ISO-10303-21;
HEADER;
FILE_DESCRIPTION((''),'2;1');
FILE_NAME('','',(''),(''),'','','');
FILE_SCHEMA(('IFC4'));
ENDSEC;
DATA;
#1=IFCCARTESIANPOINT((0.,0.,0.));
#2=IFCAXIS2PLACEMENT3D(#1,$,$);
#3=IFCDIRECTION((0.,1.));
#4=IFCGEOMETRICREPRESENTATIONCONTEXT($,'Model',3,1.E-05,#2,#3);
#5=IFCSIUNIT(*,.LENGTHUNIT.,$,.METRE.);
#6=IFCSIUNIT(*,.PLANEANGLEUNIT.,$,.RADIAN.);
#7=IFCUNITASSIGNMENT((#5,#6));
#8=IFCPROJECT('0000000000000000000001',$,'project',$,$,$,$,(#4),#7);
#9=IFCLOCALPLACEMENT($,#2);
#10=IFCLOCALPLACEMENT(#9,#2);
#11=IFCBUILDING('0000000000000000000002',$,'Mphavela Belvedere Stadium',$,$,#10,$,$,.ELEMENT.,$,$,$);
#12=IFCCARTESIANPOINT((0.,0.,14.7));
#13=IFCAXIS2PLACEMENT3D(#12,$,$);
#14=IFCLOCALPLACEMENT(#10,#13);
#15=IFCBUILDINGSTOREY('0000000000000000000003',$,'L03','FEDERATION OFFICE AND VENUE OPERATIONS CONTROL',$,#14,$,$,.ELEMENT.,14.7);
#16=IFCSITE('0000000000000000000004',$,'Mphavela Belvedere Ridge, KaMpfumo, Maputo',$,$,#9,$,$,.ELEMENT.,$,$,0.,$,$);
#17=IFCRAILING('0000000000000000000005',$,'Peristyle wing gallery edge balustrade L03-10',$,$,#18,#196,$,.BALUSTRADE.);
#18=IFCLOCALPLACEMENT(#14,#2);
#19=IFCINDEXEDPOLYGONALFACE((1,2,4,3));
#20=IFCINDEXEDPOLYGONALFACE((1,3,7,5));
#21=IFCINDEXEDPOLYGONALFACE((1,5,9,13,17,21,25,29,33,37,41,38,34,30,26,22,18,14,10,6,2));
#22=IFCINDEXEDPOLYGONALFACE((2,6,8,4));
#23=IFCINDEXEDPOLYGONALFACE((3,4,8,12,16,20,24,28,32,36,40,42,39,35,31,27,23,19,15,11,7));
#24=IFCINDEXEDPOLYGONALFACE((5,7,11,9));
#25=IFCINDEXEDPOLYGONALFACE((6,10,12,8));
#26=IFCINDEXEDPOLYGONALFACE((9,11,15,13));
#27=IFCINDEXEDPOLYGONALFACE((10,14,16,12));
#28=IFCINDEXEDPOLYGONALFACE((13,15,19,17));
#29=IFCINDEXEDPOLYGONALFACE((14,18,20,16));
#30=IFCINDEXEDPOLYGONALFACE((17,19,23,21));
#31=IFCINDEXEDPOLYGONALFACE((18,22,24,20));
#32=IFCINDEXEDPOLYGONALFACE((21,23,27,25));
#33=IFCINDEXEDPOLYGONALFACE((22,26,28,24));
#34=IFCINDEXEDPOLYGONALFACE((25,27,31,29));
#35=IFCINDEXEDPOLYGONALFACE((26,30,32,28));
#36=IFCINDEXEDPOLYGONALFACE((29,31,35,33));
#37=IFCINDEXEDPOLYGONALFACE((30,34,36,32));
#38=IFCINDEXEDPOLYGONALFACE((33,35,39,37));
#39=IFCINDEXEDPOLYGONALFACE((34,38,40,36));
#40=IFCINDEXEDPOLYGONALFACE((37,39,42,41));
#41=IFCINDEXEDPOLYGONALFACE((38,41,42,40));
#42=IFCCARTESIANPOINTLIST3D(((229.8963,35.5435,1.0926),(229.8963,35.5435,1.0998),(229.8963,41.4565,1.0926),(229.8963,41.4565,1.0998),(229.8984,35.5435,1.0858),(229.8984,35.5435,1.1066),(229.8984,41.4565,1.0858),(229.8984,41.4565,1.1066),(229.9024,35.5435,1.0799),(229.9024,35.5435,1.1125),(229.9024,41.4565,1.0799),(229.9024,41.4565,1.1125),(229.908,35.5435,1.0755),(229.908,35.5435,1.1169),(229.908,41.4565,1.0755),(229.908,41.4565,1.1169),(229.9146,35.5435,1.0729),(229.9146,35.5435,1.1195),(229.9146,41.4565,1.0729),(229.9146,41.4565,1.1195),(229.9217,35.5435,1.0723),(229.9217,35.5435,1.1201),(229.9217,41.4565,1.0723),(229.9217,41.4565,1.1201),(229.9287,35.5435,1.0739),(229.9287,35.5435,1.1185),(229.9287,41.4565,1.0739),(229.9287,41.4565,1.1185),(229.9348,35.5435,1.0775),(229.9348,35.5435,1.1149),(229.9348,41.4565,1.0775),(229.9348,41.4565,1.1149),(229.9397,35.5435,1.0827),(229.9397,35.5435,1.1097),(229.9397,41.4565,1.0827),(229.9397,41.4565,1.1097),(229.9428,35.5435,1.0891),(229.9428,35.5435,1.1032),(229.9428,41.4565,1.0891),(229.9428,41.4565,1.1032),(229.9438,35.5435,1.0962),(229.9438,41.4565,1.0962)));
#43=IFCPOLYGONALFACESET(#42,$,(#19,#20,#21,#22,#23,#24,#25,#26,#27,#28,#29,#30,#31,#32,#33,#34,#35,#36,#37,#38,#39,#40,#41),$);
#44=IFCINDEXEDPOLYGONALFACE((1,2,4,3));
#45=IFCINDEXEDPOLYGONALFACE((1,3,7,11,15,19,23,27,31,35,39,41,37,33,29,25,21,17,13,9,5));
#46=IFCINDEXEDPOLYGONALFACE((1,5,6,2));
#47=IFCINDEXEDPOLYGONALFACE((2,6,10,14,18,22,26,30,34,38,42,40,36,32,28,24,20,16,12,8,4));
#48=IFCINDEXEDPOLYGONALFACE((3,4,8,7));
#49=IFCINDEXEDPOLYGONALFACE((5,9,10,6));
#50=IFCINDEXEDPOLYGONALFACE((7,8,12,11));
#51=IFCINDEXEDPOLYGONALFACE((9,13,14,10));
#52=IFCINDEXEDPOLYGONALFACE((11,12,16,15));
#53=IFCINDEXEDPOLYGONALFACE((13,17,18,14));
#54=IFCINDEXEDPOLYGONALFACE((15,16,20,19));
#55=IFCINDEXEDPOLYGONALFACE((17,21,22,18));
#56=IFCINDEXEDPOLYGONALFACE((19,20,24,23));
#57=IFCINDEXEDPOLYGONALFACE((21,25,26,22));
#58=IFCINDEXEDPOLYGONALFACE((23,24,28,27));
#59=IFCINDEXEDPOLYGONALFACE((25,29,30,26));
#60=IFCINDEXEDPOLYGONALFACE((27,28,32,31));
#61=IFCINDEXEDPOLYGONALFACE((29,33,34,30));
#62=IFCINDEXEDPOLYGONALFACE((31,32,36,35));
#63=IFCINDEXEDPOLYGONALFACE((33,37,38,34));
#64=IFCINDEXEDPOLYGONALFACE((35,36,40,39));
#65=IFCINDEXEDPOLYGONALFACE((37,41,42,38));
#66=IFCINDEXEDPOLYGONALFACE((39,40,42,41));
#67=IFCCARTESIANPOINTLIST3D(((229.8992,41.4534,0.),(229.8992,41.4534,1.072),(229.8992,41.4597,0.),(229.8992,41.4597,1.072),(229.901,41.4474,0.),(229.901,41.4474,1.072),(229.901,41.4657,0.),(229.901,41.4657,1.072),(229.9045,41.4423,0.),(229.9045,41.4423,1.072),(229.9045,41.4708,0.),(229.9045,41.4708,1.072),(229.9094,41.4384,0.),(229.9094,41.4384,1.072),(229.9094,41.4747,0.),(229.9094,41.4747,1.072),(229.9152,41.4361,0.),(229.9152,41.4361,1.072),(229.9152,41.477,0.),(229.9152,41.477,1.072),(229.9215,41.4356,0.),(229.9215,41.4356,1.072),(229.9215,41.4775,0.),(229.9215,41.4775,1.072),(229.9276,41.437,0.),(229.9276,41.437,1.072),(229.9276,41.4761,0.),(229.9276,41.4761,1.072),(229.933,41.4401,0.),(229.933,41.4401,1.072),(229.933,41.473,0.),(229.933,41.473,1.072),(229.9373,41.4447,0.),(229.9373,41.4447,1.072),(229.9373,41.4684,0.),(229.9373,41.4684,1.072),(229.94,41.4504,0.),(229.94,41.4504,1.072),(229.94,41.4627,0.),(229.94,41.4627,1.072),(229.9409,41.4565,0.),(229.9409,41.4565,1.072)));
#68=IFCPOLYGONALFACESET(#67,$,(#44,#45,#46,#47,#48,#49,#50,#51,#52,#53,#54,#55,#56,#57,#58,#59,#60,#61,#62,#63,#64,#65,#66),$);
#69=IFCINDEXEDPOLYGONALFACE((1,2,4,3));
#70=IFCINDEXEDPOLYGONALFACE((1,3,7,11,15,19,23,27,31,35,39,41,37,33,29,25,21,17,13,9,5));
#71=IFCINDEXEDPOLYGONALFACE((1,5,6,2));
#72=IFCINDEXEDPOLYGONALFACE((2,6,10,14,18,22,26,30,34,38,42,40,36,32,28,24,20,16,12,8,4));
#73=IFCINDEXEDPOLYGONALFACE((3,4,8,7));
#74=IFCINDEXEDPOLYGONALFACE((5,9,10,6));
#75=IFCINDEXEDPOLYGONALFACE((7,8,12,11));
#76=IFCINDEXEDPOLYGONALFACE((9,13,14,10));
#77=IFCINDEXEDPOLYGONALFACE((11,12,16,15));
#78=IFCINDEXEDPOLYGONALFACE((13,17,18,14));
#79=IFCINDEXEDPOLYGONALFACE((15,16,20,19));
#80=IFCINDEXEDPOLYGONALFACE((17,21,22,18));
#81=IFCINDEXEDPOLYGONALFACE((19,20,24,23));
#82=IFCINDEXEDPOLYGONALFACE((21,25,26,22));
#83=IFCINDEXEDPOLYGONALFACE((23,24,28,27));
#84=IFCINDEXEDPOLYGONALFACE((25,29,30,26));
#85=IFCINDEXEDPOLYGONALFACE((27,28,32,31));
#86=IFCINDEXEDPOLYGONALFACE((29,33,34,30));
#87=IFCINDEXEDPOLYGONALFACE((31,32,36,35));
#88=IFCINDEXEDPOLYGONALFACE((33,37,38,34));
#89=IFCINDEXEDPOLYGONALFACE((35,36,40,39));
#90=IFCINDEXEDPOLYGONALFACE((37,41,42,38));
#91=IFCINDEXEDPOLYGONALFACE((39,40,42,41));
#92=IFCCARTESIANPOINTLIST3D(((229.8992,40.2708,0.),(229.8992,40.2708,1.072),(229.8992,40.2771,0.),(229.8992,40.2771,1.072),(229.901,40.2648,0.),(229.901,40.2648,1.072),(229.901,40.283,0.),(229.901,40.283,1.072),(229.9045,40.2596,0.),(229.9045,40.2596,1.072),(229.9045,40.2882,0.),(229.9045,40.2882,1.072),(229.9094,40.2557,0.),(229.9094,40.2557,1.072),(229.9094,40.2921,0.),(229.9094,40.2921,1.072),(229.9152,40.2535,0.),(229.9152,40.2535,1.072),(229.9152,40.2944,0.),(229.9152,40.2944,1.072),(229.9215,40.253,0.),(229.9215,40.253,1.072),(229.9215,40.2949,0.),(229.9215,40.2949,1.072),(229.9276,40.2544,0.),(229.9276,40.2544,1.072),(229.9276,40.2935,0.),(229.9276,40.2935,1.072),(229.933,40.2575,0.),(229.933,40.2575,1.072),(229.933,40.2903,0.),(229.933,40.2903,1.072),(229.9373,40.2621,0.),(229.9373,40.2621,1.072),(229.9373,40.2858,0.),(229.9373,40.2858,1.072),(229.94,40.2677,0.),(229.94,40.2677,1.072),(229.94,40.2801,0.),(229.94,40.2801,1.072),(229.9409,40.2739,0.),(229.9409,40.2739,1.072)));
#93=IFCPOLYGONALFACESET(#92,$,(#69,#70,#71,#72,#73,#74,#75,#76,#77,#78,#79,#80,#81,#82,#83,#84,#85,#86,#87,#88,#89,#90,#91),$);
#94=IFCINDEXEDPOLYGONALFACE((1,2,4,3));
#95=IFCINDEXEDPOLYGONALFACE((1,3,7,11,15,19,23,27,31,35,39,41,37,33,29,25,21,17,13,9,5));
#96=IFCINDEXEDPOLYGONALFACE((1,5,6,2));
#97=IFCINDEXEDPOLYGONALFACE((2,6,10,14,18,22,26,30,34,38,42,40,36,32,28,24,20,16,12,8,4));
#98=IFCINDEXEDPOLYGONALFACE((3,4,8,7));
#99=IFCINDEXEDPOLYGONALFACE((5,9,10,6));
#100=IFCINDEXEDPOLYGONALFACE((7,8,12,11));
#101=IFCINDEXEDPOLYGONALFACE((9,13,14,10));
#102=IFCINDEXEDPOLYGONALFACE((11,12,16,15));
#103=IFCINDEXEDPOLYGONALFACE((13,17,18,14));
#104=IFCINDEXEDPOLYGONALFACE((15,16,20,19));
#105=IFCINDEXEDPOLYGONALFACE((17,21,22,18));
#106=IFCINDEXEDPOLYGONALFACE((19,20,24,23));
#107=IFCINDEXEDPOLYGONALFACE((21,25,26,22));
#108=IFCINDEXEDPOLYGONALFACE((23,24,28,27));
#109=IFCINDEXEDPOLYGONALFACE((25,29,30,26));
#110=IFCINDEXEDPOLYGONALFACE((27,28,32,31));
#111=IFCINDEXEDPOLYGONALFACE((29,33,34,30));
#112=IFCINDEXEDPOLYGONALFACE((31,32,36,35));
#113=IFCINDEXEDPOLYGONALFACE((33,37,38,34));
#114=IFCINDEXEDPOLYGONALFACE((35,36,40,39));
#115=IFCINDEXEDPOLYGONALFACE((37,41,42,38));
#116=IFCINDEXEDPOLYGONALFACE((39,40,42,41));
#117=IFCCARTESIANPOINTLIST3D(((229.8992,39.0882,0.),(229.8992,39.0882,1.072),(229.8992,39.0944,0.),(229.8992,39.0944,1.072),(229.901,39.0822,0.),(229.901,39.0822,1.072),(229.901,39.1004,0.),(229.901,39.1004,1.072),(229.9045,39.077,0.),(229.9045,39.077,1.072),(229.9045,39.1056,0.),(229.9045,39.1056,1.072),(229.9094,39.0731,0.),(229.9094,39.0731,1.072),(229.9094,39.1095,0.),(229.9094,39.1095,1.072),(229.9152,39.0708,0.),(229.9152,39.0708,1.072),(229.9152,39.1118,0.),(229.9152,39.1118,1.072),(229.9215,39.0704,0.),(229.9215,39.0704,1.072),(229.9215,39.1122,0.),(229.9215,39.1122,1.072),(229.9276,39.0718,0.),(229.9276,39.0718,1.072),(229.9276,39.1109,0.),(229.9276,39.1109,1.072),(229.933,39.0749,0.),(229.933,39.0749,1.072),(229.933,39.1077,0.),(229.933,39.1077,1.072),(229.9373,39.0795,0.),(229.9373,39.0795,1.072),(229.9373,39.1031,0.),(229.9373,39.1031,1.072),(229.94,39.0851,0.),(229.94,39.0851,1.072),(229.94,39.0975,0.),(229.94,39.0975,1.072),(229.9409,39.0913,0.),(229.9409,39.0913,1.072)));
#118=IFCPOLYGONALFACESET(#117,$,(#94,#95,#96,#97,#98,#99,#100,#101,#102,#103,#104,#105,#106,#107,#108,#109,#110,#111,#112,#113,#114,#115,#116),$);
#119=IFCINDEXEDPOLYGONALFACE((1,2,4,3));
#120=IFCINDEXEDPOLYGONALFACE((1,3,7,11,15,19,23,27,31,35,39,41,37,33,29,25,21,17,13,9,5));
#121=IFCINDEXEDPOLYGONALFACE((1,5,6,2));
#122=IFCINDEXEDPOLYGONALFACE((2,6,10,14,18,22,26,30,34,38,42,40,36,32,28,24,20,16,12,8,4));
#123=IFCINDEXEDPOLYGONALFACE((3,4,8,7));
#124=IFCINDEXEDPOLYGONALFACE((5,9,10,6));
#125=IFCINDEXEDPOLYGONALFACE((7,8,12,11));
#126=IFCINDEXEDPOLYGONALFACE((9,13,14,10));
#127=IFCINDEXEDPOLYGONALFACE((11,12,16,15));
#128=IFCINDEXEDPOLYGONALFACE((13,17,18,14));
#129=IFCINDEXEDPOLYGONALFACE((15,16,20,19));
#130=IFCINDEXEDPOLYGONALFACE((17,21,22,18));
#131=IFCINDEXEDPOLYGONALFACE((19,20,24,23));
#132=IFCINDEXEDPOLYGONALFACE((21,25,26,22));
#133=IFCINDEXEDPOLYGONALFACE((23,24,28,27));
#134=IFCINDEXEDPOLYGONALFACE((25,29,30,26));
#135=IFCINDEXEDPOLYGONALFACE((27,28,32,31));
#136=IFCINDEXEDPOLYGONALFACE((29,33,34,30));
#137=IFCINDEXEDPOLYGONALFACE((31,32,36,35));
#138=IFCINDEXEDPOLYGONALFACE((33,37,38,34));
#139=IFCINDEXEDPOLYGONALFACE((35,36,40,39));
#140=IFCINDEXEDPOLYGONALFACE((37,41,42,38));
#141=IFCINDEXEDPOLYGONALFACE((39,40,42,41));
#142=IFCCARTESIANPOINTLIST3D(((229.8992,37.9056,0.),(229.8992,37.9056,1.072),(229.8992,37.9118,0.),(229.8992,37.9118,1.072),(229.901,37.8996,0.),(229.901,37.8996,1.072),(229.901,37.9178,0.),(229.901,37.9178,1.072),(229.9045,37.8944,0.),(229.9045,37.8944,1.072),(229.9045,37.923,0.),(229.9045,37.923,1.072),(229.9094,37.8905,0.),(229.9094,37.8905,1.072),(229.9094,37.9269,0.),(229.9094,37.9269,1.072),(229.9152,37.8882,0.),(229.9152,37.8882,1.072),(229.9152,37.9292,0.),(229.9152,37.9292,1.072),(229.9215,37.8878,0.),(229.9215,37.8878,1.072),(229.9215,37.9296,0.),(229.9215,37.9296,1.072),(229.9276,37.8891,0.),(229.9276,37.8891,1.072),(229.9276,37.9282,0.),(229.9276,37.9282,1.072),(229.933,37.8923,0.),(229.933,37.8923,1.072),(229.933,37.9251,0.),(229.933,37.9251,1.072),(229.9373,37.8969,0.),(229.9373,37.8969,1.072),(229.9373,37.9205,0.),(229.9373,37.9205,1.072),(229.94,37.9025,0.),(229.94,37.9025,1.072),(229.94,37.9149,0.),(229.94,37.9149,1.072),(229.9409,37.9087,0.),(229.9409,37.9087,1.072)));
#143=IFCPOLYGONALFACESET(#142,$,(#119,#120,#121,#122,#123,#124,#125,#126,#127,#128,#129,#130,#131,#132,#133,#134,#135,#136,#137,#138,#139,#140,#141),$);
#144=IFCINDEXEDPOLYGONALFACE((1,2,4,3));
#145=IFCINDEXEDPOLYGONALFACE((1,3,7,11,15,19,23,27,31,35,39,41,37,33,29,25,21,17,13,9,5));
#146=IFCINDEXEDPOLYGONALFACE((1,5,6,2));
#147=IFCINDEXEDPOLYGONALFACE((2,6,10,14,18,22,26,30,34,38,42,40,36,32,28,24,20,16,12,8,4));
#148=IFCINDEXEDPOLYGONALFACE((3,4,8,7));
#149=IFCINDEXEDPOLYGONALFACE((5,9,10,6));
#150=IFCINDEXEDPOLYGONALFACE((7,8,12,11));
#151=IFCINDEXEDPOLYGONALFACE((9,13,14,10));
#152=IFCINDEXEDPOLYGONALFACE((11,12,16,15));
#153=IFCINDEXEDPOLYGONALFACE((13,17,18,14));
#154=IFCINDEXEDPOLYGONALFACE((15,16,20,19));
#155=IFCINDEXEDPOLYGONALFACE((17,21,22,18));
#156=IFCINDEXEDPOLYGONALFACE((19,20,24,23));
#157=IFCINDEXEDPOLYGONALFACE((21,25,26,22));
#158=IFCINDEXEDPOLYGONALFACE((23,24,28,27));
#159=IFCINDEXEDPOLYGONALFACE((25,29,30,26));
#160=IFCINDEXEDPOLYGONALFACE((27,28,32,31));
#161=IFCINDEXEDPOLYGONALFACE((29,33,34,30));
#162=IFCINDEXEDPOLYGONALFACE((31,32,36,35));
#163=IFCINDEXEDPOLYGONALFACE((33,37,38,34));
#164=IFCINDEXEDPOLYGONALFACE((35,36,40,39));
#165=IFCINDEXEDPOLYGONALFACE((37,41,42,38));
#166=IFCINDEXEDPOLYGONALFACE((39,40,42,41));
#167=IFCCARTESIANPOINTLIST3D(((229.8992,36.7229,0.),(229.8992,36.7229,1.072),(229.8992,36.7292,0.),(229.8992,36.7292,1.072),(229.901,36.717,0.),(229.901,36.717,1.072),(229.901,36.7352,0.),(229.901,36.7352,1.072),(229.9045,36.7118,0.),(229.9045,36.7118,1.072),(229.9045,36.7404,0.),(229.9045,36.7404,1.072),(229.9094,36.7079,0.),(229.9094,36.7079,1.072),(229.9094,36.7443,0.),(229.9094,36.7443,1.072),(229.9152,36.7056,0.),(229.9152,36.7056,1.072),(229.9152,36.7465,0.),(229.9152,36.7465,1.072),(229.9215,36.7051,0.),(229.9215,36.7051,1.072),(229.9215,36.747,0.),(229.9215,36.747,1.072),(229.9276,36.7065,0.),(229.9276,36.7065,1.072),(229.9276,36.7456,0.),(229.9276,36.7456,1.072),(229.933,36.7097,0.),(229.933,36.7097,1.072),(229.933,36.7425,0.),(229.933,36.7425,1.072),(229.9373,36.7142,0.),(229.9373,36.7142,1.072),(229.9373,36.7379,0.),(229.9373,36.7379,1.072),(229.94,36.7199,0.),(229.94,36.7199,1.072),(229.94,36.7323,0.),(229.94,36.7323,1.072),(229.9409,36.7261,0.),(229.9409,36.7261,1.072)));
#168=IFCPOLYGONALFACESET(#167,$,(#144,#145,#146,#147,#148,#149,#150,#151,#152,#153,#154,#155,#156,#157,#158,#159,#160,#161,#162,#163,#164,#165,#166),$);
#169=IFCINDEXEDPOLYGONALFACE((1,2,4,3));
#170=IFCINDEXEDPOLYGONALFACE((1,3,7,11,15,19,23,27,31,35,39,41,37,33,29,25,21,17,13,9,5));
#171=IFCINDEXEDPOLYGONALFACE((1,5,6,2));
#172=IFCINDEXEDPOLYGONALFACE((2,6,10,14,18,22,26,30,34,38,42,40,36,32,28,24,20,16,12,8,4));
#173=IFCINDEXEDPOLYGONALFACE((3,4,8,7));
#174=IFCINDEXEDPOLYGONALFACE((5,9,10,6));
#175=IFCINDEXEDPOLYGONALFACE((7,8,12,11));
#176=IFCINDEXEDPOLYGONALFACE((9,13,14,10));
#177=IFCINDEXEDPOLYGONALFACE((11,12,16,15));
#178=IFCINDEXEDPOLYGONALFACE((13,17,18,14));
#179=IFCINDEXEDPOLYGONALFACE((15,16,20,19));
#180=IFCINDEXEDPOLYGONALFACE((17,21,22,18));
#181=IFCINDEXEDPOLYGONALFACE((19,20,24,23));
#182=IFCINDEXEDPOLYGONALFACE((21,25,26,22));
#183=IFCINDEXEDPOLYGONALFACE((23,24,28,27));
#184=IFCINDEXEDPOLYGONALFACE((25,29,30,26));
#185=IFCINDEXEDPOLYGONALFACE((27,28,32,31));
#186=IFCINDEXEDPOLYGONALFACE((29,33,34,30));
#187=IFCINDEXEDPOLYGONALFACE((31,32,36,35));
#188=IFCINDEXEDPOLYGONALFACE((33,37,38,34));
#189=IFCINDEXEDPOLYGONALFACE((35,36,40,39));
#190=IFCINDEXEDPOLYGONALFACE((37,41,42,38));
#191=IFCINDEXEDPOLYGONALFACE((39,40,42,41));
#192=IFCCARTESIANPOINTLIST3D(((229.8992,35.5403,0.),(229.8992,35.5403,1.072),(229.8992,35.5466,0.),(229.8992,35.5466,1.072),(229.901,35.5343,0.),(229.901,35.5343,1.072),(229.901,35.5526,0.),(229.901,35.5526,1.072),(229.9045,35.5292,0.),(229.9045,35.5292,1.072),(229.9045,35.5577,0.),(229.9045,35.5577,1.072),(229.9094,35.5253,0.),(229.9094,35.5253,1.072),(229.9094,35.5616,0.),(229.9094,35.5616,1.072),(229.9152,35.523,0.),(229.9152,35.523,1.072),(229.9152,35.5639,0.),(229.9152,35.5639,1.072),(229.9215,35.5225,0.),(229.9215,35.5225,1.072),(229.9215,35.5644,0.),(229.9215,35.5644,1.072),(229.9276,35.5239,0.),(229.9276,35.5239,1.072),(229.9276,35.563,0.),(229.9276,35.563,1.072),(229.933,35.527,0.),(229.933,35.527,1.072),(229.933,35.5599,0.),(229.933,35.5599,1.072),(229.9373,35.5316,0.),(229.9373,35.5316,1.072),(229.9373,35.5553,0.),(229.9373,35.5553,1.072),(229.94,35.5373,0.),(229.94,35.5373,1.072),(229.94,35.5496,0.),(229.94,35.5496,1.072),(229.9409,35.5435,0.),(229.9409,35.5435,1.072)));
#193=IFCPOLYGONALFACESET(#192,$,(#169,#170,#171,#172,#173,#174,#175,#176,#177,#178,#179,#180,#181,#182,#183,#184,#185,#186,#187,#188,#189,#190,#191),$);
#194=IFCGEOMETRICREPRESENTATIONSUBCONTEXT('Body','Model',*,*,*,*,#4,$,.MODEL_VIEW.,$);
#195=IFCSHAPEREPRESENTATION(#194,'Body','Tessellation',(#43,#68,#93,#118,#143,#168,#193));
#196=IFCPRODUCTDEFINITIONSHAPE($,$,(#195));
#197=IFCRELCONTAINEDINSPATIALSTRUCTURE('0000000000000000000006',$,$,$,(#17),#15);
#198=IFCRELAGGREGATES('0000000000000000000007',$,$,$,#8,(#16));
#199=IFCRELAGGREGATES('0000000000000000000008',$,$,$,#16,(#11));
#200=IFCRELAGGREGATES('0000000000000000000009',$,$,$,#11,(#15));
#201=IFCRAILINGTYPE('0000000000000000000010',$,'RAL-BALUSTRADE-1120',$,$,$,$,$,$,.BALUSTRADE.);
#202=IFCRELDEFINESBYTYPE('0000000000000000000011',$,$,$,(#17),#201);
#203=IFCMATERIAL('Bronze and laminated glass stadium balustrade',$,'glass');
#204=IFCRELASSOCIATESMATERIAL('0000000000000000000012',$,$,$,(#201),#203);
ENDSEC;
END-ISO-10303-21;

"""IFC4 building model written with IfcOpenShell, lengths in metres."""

from ifc_helpers import new_model, si_unit, direction, frame, origin, origin_2d, place, context, subcontext, project, spatial, circle, extrude, material, type_object, element, save


model = new_model("IFC4")

# Units and contexts
model_context = context("Model", 3, precision=1e-05, world=origin(), true_north=direction((0.0, 1.0)))
body_context = subcontext(model_context, "Body", "Model", "MODEL_VIEW")
ifc_project = project(units=[si_unit("LENGTHUNIT", "METRE"), si_unit("PLANEANGLEUNIT", "RADIAN")], contexts=[model_context])

# Site, building, storey
site_placement = place(None, origin())
site = spatial("IfcSite", under=ifc_project, at=site_placement, Name="Mphavela Belvedere Ridge, KaMpfumo, Maputo", CompositionType="ELEMENT", RefElevation=0.0)
building_placement = place(site_placement, origin())
building = spatial("IfcBuilding", under=site, at=building_placement, Name="Mphavela Belvedere Stadium", CompositionType="ELEMENT")
storey_placement = place(building_placement, frame((0.0, 0.0, 14.7)))
storey = spatial("IfcBuildingStorey", under=building, at=storey_placement, Name="L03", Description="FEDERATION OFFICE AND VENUE OPERATIONS CONTROL", CompositionType="ELEMENT", Elevation=14.7)

# Railing
ifc_material_1 = material(Name="Bronze and laminated glass stadium balustrade", Category="glass")
railing_type = type_object("IfcRailingType", Name="RAL-BALUSTRADE-1120", PredefinedType="BALUSTRADE", material=ifc_material_1)
for number, where, name in (
    (1, (229.9199, 41.4565, 0.0), "Peristyle wing gallery edge balustrade L03-10"),
):
    element("IfcRailing", number, at=place(storey_placement, frame(where)), inside=storey, type_object=railing_type, Name=name, PredefinedType="BALUSTRADE", context=body_context, shape_type="SweptSolid", body=[
        extrude(circle(Radius=0.0239, at=origin_2d()), frame((0.0, 0.0, 1.0962), z_axis=(0.0, -1.0, 0.0), x_axis=(1.0, 0.0, 0.0)), (0.0, 0.0, 1.0), 5.9131),
        extrude(circle(Radius=0.021, at=origin_2d()), origin(), (0.0, 0.0, 1.0), 1.072),
        extrude(circle(Radius=0.021, at=origin_2d()), frame((0.0, -1.1826, 0.0)), (0.0, 0.0, 1.0), 1.072),
        extrude(circle(Radius=0.021, at=origin_2d()), frame((0.0, -2.3652, 0.0)), (0.0, 0.0, 1.0), 1.072),
        extrude(circle(Radius=0.021, at=origin_2d()), frame((0.0, -3.5479, 0.0)), (0.0, 0.0, 1.0), 1.072),
        extrude(circle(Radius=0.021, at=origin_2d()), frame((0.0, -4.7305, 0.0)), (0.0, 0.0, 1.0), 1.072),
        extrude(circle(Radius=0.021, at=origin_2d()), frame((0.0, -5.9131, 0.0)), (0.0, 0.0, 1.0), 1.072),
    ])

save(model, "model.ifc")
